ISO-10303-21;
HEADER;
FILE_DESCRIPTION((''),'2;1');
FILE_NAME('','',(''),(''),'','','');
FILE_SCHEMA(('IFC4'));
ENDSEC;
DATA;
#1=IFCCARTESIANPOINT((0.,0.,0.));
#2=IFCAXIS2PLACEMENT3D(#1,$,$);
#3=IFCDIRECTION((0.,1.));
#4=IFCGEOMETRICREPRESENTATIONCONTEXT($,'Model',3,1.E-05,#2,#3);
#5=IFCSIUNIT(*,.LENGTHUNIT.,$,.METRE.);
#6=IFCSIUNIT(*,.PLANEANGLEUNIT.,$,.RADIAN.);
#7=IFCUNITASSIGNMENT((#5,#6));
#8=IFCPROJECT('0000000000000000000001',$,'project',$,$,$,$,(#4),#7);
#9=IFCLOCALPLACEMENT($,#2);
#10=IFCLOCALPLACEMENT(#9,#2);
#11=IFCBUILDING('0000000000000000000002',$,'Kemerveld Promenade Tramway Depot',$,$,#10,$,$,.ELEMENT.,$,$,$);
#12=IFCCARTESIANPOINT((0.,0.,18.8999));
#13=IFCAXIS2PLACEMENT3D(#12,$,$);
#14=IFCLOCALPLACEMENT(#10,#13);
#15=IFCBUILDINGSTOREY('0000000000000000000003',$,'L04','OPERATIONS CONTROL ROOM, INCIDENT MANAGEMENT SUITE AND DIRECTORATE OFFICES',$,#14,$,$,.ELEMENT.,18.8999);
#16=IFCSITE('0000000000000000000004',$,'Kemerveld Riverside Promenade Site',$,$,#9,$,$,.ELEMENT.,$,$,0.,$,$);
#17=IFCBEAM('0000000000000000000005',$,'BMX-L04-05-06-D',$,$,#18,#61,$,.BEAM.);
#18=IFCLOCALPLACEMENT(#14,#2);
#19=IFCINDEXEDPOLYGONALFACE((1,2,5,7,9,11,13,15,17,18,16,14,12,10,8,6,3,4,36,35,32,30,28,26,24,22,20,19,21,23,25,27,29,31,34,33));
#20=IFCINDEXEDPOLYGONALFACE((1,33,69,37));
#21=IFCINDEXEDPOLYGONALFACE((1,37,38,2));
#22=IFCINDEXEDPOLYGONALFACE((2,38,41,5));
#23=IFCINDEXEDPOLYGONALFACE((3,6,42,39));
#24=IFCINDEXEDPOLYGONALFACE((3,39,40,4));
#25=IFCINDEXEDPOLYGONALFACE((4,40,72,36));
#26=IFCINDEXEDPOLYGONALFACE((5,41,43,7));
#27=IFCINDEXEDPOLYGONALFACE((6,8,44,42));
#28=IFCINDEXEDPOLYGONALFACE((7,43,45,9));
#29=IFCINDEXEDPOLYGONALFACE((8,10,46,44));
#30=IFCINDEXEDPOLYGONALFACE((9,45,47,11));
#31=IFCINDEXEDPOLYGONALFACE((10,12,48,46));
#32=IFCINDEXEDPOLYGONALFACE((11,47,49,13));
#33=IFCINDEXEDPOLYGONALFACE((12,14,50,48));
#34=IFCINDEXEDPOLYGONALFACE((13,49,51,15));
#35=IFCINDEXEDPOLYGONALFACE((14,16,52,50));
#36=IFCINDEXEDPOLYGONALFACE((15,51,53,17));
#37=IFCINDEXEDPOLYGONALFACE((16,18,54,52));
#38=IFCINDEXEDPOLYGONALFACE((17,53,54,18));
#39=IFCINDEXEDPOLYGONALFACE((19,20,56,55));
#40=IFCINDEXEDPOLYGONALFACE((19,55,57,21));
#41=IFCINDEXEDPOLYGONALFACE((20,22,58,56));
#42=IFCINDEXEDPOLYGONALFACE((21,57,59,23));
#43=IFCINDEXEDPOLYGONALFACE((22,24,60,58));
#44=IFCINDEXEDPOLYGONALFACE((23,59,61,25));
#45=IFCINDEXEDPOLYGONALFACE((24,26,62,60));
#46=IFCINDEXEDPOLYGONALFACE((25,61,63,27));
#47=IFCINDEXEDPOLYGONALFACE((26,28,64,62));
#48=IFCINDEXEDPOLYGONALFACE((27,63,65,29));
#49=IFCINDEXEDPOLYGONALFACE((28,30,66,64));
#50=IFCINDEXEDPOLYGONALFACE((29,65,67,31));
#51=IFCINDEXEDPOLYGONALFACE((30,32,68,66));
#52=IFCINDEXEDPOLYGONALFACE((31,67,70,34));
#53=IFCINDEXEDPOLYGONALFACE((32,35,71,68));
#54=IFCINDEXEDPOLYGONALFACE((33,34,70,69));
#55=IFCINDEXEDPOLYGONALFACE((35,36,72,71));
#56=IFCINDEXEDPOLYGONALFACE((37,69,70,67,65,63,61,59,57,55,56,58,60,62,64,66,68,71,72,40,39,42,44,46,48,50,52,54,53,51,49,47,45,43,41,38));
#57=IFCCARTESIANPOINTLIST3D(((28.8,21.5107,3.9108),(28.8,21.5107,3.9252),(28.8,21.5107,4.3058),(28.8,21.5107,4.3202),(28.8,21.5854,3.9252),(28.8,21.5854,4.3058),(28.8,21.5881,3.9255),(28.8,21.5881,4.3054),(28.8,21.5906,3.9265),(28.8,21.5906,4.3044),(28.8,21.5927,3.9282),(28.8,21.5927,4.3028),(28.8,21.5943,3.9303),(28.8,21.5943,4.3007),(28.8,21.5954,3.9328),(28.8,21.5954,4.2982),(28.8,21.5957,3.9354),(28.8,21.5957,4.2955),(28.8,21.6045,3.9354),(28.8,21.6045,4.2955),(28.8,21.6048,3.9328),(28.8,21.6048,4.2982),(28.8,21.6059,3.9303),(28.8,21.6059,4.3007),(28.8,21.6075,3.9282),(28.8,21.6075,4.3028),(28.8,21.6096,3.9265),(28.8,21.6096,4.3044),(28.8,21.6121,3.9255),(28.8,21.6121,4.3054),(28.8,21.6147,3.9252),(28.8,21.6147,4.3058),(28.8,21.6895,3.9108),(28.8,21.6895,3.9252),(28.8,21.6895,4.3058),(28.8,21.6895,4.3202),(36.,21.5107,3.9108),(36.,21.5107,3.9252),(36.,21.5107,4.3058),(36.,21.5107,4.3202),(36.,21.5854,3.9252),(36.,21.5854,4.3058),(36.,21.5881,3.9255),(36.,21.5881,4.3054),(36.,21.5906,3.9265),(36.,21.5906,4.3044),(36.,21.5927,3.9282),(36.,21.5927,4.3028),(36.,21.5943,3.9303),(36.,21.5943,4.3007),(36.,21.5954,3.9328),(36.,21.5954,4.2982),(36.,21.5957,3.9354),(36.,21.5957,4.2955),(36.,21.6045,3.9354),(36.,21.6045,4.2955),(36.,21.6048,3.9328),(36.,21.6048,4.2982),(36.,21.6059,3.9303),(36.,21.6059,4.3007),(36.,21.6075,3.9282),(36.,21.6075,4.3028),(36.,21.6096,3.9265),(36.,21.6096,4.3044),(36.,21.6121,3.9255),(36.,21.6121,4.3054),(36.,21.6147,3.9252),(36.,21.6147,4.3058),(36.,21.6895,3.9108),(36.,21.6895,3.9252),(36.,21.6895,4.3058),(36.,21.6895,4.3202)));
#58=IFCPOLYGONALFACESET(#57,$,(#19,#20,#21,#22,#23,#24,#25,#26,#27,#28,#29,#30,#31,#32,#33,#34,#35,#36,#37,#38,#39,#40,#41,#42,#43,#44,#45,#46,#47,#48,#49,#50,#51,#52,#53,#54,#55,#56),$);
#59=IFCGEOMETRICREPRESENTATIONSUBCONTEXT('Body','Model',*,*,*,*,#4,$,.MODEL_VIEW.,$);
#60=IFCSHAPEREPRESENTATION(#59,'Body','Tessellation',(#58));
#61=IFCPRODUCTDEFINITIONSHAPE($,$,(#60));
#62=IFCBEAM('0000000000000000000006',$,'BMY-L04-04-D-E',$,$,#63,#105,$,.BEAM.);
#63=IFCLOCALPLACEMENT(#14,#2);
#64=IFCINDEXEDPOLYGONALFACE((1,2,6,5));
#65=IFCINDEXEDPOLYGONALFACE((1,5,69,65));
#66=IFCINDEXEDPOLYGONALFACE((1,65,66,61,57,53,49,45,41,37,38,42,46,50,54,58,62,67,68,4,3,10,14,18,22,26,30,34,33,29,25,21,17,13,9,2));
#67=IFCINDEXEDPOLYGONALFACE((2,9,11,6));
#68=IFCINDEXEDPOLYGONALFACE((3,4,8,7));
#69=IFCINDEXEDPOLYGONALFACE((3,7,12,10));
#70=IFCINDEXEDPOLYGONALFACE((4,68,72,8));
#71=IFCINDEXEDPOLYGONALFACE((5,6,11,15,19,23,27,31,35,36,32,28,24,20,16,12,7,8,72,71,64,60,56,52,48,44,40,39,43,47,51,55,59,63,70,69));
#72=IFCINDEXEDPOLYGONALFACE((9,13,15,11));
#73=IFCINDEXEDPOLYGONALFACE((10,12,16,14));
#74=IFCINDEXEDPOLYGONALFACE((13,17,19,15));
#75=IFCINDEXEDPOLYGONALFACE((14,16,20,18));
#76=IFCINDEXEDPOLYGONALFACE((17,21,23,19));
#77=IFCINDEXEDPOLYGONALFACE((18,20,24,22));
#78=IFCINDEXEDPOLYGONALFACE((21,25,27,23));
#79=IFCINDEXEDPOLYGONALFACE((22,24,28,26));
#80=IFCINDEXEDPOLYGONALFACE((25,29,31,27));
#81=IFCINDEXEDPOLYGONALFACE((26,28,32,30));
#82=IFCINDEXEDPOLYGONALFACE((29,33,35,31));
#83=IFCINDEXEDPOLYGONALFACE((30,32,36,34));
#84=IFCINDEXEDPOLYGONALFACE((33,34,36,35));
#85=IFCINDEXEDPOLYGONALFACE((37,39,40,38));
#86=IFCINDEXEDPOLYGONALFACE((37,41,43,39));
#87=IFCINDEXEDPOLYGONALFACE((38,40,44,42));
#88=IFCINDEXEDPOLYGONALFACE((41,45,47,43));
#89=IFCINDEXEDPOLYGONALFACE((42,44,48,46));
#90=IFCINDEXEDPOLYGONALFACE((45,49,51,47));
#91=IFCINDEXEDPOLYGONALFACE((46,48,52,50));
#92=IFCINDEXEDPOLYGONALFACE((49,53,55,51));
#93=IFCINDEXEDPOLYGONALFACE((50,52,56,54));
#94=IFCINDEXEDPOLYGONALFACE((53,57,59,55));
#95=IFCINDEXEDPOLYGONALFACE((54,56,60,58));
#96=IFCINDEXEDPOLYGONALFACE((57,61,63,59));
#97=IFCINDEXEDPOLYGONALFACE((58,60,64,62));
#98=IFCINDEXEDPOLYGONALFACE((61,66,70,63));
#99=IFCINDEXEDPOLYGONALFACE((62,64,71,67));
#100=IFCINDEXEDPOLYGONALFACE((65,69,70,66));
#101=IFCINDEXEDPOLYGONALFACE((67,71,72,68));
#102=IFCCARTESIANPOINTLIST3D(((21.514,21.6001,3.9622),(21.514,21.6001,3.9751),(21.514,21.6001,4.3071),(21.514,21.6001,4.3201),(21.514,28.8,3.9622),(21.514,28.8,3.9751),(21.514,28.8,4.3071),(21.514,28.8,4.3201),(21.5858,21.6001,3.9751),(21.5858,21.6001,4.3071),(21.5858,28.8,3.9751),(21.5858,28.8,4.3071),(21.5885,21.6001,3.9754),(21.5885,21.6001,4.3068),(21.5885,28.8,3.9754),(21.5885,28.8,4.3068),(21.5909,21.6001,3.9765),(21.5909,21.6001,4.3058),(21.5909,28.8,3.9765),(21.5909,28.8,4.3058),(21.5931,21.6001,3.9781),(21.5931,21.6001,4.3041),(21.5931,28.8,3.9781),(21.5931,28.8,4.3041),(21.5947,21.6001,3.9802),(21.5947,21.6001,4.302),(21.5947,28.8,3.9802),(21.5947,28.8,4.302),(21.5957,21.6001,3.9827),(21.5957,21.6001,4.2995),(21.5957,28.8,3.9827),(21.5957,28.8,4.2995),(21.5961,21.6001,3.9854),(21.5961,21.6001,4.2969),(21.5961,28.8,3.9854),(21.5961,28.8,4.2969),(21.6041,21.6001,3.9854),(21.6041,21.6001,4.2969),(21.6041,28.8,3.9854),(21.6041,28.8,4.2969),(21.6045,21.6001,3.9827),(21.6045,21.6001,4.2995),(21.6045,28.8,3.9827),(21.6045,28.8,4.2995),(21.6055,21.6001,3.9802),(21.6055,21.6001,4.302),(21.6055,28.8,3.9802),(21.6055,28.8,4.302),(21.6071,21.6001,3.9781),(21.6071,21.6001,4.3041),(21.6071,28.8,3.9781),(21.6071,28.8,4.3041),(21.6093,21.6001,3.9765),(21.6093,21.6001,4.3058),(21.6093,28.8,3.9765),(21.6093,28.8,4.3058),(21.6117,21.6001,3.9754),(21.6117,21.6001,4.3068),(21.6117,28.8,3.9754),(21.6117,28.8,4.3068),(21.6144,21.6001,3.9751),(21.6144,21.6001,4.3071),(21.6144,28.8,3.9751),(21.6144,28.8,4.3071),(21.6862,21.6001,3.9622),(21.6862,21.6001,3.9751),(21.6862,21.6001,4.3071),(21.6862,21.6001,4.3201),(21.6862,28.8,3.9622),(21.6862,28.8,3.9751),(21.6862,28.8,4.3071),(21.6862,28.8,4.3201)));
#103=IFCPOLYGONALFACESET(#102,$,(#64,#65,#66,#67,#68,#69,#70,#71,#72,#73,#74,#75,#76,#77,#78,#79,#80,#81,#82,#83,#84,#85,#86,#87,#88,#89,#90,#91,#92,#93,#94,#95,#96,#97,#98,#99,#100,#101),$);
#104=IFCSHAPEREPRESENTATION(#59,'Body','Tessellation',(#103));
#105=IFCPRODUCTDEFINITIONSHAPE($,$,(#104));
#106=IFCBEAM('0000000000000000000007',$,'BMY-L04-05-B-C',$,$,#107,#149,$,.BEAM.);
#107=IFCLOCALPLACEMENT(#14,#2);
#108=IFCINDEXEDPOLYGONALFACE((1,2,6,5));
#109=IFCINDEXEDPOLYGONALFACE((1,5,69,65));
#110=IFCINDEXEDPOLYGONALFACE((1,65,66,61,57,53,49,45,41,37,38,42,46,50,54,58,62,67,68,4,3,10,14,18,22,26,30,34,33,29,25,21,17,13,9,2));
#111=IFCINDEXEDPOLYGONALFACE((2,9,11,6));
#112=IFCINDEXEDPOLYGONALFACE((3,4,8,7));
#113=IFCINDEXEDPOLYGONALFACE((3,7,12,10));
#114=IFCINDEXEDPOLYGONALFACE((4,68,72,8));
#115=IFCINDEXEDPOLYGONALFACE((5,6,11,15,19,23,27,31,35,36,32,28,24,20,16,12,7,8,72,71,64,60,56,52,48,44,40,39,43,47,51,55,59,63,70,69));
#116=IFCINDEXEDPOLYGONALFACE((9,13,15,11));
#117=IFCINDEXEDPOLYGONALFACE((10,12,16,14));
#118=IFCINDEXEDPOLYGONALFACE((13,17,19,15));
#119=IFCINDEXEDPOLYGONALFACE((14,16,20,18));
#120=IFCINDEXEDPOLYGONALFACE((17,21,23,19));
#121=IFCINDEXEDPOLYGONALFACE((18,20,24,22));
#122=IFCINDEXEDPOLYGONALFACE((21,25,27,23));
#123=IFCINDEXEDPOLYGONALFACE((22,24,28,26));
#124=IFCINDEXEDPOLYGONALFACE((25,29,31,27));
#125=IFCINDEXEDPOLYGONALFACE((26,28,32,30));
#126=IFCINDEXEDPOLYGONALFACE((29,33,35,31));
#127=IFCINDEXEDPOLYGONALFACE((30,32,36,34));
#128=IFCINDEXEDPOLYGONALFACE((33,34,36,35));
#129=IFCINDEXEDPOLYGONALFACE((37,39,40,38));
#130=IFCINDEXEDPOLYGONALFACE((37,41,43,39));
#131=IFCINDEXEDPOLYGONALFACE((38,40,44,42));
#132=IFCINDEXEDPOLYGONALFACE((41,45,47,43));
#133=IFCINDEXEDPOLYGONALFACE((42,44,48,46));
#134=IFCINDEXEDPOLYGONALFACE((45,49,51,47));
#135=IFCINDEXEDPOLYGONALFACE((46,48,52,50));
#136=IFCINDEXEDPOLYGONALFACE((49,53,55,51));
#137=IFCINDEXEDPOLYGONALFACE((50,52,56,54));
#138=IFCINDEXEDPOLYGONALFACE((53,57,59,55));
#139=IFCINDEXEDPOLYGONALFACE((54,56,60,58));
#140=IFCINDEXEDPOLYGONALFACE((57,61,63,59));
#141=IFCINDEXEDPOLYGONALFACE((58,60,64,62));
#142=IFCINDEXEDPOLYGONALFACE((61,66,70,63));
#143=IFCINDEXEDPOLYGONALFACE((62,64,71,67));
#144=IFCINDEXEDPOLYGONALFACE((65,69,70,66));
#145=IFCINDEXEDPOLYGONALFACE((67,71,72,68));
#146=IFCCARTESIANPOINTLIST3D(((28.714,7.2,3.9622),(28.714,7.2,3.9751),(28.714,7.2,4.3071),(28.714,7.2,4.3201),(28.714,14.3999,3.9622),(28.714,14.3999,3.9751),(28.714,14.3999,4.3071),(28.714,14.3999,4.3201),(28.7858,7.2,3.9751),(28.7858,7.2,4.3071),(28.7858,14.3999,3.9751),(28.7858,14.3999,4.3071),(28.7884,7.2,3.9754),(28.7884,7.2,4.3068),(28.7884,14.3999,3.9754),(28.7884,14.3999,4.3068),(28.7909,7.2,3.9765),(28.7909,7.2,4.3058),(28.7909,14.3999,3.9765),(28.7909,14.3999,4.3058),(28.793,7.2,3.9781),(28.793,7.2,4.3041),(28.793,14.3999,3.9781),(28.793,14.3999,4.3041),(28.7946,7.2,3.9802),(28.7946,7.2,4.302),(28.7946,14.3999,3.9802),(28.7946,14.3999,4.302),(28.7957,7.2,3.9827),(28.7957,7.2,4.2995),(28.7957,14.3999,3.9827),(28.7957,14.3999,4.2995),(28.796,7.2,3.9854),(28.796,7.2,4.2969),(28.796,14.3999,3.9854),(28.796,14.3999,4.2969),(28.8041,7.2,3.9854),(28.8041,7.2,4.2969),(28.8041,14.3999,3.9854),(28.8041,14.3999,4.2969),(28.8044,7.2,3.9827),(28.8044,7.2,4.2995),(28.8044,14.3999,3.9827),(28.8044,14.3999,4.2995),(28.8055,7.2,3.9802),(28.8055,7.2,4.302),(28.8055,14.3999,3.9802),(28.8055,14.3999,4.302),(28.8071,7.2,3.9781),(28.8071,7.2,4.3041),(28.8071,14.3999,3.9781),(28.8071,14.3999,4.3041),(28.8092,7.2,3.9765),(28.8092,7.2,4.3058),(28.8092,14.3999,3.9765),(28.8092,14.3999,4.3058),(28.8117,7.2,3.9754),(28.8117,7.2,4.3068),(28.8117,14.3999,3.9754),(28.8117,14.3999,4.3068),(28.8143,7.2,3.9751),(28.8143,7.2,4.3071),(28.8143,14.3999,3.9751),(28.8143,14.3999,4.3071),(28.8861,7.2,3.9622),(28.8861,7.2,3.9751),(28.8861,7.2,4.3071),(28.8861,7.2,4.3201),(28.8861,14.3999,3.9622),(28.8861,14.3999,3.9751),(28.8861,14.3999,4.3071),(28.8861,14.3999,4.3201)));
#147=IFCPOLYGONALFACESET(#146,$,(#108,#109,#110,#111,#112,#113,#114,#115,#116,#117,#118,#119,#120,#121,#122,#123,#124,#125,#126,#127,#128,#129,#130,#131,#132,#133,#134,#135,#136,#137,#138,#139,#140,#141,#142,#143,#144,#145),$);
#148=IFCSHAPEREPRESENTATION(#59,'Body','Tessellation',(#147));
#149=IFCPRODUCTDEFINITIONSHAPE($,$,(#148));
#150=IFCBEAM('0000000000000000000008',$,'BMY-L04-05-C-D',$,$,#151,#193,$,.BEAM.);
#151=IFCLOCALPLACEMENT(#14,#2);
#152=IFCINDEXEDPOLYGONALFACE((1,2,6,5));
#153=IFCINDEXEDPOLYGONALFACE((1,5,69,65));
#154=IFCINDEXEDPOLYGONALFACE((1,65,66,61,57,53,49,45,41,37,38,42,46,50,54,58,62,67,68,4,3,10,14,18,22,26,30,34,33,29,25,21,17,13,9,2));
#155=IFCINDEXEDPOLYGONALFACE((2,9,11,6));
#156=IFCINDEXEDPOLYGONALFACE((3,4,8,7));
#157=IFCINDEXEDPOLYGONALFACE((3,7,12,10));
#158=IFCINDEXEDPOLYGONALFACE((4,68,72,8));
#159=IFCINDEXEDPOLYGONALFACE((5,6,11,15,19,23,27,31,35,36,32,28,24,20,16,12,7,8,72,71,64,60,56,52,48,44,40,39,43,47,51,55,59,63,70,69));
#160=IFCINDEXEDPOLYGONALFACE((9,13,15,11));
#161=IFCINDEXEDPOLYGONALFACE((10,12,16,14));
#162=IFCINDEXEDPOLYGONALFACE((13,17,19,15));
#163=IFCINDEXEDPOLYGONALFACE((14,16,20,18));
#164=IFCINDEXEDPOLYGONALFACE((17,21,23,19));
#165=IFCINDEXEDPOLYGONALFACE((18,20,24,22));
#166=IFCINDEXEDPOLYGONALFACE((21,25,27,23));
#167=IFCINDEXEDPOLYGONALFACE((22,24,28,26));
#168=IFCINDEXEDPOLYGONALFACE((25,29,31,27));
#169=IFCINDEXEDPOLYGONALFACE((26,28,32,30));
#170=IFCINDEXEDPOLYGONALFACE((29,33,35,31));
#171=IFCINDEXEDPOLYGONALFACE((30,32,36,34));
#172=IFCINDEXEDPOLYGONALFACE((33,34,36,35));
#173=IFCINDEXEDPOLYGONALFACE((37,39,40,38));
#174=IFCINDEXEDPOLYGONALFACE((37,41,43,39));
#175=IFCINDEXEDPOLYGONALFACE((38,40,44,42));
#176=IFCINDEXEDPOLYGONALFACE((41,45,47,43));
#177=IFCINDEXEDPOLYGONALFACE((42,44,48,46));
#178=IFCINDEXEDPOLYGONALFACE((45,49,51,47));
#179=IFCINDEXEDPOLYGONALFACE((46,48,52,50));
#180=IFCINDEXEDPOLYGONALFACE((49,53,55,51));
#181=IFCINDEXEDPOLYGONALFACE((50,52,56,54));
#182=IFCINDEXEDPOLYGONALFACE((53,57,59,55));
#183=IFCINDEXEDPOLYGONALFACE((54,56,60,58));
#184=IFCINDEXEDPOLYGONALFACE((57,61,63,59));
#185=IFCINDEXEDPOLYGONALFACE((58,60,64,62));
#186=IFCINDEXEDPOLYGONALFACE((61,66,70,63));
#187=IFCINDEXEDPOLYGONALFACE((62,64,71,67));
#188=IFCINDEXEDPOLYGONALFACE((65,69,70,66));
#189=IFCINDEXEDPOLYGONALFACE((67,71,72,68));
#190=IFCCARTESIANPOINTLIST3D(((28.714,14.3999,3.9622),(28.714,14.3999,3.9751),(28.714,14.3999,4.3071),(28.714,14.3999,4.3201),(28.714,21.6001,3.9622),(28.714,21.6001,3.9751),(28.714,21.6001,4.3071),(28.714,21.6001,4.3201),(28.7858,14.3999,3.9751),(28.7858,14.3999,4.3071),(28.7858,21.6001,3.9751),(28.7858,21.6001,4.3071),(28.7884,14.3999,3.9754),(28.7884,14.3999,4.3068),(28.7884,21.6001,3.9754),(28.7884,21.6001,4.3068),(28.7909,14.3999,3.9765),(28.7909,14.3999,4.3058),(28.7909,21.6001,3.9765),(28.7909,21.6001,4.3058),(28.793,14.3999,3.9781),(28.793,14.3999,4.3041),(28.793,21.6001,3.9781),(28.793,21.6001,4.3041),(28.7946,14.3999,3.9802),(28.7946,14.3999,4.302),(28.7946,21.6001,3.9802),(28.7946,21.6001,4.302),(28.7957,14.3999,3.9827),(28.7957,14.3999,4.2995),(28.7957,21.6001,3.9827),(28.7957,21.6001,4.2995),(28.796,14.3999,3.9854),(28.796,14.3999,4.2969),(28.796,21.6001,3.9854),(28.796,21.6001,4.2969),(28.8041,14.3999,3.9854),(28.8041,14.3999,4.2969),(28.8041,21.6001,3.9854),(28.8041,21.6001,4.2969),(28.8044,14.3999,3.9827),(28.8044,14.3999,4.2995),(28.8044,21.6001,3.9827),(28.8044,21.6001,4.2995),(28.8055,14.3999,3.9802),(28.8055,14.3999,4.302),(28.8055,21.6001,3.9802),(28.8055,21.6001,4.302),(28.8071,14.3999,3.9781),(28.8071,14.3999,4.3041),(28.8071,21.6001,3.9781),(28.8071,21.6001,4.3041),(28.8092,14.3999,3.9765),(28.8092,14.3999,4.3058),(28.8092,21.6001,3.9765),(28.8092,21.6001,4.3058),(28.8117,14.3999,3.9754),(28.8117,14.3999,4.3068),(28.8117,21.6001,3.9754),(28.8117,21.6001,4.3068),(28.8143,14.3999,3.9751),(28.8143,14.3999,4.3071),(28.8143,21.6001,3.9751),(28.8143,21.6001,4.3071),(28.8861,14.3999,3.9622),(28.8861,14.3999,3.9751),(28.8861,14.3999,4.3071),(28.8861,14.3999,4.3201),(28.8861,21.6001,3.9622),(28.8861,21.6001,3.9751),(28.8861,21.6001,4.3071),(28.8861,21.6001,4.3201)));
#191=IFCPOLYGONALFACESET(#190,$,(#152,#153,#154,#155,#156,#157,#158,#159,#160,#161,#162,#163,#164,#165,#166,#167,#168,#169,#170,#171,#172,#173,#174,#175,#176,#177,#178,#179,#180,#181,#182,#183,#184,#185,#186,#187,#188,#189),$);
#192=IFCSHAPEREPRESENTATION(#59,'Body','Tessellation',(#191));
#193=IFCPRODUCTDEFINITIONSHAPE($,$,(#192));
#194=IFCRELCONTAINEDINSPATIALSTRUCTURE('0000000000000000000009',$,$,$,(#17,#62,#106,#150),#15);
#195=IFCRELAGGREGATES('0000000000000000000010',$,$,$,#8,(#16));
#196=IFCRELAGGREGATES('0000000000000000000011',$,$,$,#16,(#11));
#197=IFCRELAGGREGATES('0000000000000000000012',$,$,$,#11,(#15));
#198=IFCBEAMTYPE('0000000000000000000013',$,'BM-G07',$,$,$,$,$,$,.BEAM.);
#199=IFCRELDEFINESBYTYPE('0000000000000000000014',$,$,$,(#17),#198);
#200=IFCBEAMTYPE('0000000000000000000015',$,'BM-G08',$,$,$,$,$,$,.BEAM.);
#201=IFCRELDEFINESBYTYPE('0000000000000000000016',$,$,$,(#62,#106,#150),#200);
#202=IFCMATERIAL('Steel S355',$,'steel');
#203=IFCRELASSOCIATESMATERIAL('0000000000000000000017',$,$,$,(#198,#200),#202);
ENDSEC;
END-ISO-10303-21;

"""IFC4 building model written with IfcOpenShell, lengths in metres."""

from ifc_helpers import new_model, si_unit, direction, frame, origin, origin_2d, place, context, subcontext, project, spatial, i_section, extrude, material, material_profile, profile_set, type_object, element, save


model = new_model("IFC4")

# Units and contexts
model_context = context("Model", 3, precision=1e-05, world=origin(), true_north=direction((0.0, 1.0)))
body_context = subcontext(model_context, "Body", "Model", "MODEL_VIEW")
ifc_project = project(units=[si_unit("LENGTHUNIT", "METRE"), si_unit("PLANEANGLEUNIT", "RADIAN")], contexts=[model_context])

# Site, building, storey
site_placement = place(None, origin())
site = spatial("IfcSite", under=ifc_project, at=site_placement, Name="Kemerveld Riverside Promenade Site", CompositionType="ELEMENT", RefElevation=0.0)
building_placement = place(site_placement, origin())
building = spatial("IfcBuilding", under=site, at=building_placement, Name="Kemerveld Promenade Tramway Depot", CompositionType="ELEMENT")
storey_placement = place(building_placement, frame((0.0, 0.0, 18.8999)))
storey = spatial("IfcBuildingStorey", under=building, at=storey_placement, Name="L04", Description="OPERATIONS CONTROL ROOM, INCIDENT MANAGEMENT SUITE AND DIRECTORATE OFFICES", CompositionType="ELEMENT", Elevation=18.8999)

# Shared definitions
ifc_material = material(Name="Steel S355", Category="steel")

# Beams
ifc_material_profile_1 = material_profile(ifc_material, i_section(OverallWidth=0.1787, OverallDepth=0.4094, WebThickness=0.0088, FlangeThickness=0.0144, FilletRadius=0.0103, at=origin_2d()), Name="406x178x67 UB")
ifc_profile_set_1 = profile_set([ifc_material_profile_1], Name="Steel S355")
beam_type_1 = type_object("IfcBeamType", Name="BM-G07", PredefinedType="BEAM", material=ifc_profile_set_1)
for number, where, z_axis, x_axis, name in (
    (1, (28.8, 21.6001, 4.1155), (1.0, 0.0, 0.0), (0.0, 1.0, 0.0), "BMX-L04-05-06-D"),
):
    element("IfcBeam", number, at=place(storey_placement, frame(where, z_axis=z_axis, x_axis=x_axis)), inside=storey, type_object=beam_type_1, Name=name, PredefinedType="BEAM", context=body_context, shape_type="SweptSolid", body=[
        extrude(i_section(OverallWidth=0.1787, OverallDepth=0.4094, WebThickness=0.0088, FlangeThickness=0.0144, FilletRadius=0.0103, at=origin_2d()), origin(), (0.0, 0.0, 1.0), 7.2),
    ])
ifc_material_profile_2 = material_profile(ifc_material, i_section(OverallWidth=0.1721, OverallDepth=0.3579, WebThickness=0.0081, FlangeThickness=0.0129, FilletRadius=0.0103, at=origin_2d()), Name="356x171x57 UB")
ifc_profile_set_2 = profile_set([ifc_material_profile_2], Name="Steel S355")
beam_type_2 = type_object("IfcBeamType", Name="BM-G08", PredefinedType="BEAM", material=ifc_profile_set_2)
for number, where, z_axis, x_axis, name in (
    (2, (21.6001, 21.6001, 4.1411), (0.0, 1.0, 0.0), (-1.0, 0.0, 0.0), "BMY-L04-04-D-E"),
    (3, (28.8, 7.2, 4.1411), (0.0, 1.0, 0.0), (-1.0, 0.0, 0.0), "BMY-L04-05-B-C"),
):
    element("IfcBeam", number, at=place(storey_placement, frame(where, z_axis=z_axis, x_axis=x_axis)), inside=storey, type_object=beam_type_2, Name=name, PredefinedType="BEAM", context=body_context, shape_type="SweptSolid", body=[
        extrude(i_section(OverallWidth=0.1721, OverallDepth=0.3579, WebThickness=0.0081, FlangeThickness=0.0129, FilletRadius=0.0103, at=origin_2d()), origin(), (0.0, 0.0, 1.0), 7.2),
    ])
beam_1_placement = place(storey_placement, frame((28.8, 14.3999, 4.1411), z_axis=(0.0, 1.0, 0.0), x_axis=(-1.0, 0.0, 0.0)))
element("IfcBeam", 4, at=beam_1_placement, inside=storey, type_object=beam_type_2, Name="BMY-L04-05-C-D", PredefinedType="BEAM", context=body_context, shape_type="SweptSolid", body=[
    extrude(i_section(OverallWidth=0.1721, OverallDepth=0.3579, WebThickness=0.0081, FlangeThickness=0.0129, FilletRadius=0.0103, at=origin_2d()), origin(), (0.0, 0.0, 1.0), 7.2002),
])

save(model, "model.ifc")
